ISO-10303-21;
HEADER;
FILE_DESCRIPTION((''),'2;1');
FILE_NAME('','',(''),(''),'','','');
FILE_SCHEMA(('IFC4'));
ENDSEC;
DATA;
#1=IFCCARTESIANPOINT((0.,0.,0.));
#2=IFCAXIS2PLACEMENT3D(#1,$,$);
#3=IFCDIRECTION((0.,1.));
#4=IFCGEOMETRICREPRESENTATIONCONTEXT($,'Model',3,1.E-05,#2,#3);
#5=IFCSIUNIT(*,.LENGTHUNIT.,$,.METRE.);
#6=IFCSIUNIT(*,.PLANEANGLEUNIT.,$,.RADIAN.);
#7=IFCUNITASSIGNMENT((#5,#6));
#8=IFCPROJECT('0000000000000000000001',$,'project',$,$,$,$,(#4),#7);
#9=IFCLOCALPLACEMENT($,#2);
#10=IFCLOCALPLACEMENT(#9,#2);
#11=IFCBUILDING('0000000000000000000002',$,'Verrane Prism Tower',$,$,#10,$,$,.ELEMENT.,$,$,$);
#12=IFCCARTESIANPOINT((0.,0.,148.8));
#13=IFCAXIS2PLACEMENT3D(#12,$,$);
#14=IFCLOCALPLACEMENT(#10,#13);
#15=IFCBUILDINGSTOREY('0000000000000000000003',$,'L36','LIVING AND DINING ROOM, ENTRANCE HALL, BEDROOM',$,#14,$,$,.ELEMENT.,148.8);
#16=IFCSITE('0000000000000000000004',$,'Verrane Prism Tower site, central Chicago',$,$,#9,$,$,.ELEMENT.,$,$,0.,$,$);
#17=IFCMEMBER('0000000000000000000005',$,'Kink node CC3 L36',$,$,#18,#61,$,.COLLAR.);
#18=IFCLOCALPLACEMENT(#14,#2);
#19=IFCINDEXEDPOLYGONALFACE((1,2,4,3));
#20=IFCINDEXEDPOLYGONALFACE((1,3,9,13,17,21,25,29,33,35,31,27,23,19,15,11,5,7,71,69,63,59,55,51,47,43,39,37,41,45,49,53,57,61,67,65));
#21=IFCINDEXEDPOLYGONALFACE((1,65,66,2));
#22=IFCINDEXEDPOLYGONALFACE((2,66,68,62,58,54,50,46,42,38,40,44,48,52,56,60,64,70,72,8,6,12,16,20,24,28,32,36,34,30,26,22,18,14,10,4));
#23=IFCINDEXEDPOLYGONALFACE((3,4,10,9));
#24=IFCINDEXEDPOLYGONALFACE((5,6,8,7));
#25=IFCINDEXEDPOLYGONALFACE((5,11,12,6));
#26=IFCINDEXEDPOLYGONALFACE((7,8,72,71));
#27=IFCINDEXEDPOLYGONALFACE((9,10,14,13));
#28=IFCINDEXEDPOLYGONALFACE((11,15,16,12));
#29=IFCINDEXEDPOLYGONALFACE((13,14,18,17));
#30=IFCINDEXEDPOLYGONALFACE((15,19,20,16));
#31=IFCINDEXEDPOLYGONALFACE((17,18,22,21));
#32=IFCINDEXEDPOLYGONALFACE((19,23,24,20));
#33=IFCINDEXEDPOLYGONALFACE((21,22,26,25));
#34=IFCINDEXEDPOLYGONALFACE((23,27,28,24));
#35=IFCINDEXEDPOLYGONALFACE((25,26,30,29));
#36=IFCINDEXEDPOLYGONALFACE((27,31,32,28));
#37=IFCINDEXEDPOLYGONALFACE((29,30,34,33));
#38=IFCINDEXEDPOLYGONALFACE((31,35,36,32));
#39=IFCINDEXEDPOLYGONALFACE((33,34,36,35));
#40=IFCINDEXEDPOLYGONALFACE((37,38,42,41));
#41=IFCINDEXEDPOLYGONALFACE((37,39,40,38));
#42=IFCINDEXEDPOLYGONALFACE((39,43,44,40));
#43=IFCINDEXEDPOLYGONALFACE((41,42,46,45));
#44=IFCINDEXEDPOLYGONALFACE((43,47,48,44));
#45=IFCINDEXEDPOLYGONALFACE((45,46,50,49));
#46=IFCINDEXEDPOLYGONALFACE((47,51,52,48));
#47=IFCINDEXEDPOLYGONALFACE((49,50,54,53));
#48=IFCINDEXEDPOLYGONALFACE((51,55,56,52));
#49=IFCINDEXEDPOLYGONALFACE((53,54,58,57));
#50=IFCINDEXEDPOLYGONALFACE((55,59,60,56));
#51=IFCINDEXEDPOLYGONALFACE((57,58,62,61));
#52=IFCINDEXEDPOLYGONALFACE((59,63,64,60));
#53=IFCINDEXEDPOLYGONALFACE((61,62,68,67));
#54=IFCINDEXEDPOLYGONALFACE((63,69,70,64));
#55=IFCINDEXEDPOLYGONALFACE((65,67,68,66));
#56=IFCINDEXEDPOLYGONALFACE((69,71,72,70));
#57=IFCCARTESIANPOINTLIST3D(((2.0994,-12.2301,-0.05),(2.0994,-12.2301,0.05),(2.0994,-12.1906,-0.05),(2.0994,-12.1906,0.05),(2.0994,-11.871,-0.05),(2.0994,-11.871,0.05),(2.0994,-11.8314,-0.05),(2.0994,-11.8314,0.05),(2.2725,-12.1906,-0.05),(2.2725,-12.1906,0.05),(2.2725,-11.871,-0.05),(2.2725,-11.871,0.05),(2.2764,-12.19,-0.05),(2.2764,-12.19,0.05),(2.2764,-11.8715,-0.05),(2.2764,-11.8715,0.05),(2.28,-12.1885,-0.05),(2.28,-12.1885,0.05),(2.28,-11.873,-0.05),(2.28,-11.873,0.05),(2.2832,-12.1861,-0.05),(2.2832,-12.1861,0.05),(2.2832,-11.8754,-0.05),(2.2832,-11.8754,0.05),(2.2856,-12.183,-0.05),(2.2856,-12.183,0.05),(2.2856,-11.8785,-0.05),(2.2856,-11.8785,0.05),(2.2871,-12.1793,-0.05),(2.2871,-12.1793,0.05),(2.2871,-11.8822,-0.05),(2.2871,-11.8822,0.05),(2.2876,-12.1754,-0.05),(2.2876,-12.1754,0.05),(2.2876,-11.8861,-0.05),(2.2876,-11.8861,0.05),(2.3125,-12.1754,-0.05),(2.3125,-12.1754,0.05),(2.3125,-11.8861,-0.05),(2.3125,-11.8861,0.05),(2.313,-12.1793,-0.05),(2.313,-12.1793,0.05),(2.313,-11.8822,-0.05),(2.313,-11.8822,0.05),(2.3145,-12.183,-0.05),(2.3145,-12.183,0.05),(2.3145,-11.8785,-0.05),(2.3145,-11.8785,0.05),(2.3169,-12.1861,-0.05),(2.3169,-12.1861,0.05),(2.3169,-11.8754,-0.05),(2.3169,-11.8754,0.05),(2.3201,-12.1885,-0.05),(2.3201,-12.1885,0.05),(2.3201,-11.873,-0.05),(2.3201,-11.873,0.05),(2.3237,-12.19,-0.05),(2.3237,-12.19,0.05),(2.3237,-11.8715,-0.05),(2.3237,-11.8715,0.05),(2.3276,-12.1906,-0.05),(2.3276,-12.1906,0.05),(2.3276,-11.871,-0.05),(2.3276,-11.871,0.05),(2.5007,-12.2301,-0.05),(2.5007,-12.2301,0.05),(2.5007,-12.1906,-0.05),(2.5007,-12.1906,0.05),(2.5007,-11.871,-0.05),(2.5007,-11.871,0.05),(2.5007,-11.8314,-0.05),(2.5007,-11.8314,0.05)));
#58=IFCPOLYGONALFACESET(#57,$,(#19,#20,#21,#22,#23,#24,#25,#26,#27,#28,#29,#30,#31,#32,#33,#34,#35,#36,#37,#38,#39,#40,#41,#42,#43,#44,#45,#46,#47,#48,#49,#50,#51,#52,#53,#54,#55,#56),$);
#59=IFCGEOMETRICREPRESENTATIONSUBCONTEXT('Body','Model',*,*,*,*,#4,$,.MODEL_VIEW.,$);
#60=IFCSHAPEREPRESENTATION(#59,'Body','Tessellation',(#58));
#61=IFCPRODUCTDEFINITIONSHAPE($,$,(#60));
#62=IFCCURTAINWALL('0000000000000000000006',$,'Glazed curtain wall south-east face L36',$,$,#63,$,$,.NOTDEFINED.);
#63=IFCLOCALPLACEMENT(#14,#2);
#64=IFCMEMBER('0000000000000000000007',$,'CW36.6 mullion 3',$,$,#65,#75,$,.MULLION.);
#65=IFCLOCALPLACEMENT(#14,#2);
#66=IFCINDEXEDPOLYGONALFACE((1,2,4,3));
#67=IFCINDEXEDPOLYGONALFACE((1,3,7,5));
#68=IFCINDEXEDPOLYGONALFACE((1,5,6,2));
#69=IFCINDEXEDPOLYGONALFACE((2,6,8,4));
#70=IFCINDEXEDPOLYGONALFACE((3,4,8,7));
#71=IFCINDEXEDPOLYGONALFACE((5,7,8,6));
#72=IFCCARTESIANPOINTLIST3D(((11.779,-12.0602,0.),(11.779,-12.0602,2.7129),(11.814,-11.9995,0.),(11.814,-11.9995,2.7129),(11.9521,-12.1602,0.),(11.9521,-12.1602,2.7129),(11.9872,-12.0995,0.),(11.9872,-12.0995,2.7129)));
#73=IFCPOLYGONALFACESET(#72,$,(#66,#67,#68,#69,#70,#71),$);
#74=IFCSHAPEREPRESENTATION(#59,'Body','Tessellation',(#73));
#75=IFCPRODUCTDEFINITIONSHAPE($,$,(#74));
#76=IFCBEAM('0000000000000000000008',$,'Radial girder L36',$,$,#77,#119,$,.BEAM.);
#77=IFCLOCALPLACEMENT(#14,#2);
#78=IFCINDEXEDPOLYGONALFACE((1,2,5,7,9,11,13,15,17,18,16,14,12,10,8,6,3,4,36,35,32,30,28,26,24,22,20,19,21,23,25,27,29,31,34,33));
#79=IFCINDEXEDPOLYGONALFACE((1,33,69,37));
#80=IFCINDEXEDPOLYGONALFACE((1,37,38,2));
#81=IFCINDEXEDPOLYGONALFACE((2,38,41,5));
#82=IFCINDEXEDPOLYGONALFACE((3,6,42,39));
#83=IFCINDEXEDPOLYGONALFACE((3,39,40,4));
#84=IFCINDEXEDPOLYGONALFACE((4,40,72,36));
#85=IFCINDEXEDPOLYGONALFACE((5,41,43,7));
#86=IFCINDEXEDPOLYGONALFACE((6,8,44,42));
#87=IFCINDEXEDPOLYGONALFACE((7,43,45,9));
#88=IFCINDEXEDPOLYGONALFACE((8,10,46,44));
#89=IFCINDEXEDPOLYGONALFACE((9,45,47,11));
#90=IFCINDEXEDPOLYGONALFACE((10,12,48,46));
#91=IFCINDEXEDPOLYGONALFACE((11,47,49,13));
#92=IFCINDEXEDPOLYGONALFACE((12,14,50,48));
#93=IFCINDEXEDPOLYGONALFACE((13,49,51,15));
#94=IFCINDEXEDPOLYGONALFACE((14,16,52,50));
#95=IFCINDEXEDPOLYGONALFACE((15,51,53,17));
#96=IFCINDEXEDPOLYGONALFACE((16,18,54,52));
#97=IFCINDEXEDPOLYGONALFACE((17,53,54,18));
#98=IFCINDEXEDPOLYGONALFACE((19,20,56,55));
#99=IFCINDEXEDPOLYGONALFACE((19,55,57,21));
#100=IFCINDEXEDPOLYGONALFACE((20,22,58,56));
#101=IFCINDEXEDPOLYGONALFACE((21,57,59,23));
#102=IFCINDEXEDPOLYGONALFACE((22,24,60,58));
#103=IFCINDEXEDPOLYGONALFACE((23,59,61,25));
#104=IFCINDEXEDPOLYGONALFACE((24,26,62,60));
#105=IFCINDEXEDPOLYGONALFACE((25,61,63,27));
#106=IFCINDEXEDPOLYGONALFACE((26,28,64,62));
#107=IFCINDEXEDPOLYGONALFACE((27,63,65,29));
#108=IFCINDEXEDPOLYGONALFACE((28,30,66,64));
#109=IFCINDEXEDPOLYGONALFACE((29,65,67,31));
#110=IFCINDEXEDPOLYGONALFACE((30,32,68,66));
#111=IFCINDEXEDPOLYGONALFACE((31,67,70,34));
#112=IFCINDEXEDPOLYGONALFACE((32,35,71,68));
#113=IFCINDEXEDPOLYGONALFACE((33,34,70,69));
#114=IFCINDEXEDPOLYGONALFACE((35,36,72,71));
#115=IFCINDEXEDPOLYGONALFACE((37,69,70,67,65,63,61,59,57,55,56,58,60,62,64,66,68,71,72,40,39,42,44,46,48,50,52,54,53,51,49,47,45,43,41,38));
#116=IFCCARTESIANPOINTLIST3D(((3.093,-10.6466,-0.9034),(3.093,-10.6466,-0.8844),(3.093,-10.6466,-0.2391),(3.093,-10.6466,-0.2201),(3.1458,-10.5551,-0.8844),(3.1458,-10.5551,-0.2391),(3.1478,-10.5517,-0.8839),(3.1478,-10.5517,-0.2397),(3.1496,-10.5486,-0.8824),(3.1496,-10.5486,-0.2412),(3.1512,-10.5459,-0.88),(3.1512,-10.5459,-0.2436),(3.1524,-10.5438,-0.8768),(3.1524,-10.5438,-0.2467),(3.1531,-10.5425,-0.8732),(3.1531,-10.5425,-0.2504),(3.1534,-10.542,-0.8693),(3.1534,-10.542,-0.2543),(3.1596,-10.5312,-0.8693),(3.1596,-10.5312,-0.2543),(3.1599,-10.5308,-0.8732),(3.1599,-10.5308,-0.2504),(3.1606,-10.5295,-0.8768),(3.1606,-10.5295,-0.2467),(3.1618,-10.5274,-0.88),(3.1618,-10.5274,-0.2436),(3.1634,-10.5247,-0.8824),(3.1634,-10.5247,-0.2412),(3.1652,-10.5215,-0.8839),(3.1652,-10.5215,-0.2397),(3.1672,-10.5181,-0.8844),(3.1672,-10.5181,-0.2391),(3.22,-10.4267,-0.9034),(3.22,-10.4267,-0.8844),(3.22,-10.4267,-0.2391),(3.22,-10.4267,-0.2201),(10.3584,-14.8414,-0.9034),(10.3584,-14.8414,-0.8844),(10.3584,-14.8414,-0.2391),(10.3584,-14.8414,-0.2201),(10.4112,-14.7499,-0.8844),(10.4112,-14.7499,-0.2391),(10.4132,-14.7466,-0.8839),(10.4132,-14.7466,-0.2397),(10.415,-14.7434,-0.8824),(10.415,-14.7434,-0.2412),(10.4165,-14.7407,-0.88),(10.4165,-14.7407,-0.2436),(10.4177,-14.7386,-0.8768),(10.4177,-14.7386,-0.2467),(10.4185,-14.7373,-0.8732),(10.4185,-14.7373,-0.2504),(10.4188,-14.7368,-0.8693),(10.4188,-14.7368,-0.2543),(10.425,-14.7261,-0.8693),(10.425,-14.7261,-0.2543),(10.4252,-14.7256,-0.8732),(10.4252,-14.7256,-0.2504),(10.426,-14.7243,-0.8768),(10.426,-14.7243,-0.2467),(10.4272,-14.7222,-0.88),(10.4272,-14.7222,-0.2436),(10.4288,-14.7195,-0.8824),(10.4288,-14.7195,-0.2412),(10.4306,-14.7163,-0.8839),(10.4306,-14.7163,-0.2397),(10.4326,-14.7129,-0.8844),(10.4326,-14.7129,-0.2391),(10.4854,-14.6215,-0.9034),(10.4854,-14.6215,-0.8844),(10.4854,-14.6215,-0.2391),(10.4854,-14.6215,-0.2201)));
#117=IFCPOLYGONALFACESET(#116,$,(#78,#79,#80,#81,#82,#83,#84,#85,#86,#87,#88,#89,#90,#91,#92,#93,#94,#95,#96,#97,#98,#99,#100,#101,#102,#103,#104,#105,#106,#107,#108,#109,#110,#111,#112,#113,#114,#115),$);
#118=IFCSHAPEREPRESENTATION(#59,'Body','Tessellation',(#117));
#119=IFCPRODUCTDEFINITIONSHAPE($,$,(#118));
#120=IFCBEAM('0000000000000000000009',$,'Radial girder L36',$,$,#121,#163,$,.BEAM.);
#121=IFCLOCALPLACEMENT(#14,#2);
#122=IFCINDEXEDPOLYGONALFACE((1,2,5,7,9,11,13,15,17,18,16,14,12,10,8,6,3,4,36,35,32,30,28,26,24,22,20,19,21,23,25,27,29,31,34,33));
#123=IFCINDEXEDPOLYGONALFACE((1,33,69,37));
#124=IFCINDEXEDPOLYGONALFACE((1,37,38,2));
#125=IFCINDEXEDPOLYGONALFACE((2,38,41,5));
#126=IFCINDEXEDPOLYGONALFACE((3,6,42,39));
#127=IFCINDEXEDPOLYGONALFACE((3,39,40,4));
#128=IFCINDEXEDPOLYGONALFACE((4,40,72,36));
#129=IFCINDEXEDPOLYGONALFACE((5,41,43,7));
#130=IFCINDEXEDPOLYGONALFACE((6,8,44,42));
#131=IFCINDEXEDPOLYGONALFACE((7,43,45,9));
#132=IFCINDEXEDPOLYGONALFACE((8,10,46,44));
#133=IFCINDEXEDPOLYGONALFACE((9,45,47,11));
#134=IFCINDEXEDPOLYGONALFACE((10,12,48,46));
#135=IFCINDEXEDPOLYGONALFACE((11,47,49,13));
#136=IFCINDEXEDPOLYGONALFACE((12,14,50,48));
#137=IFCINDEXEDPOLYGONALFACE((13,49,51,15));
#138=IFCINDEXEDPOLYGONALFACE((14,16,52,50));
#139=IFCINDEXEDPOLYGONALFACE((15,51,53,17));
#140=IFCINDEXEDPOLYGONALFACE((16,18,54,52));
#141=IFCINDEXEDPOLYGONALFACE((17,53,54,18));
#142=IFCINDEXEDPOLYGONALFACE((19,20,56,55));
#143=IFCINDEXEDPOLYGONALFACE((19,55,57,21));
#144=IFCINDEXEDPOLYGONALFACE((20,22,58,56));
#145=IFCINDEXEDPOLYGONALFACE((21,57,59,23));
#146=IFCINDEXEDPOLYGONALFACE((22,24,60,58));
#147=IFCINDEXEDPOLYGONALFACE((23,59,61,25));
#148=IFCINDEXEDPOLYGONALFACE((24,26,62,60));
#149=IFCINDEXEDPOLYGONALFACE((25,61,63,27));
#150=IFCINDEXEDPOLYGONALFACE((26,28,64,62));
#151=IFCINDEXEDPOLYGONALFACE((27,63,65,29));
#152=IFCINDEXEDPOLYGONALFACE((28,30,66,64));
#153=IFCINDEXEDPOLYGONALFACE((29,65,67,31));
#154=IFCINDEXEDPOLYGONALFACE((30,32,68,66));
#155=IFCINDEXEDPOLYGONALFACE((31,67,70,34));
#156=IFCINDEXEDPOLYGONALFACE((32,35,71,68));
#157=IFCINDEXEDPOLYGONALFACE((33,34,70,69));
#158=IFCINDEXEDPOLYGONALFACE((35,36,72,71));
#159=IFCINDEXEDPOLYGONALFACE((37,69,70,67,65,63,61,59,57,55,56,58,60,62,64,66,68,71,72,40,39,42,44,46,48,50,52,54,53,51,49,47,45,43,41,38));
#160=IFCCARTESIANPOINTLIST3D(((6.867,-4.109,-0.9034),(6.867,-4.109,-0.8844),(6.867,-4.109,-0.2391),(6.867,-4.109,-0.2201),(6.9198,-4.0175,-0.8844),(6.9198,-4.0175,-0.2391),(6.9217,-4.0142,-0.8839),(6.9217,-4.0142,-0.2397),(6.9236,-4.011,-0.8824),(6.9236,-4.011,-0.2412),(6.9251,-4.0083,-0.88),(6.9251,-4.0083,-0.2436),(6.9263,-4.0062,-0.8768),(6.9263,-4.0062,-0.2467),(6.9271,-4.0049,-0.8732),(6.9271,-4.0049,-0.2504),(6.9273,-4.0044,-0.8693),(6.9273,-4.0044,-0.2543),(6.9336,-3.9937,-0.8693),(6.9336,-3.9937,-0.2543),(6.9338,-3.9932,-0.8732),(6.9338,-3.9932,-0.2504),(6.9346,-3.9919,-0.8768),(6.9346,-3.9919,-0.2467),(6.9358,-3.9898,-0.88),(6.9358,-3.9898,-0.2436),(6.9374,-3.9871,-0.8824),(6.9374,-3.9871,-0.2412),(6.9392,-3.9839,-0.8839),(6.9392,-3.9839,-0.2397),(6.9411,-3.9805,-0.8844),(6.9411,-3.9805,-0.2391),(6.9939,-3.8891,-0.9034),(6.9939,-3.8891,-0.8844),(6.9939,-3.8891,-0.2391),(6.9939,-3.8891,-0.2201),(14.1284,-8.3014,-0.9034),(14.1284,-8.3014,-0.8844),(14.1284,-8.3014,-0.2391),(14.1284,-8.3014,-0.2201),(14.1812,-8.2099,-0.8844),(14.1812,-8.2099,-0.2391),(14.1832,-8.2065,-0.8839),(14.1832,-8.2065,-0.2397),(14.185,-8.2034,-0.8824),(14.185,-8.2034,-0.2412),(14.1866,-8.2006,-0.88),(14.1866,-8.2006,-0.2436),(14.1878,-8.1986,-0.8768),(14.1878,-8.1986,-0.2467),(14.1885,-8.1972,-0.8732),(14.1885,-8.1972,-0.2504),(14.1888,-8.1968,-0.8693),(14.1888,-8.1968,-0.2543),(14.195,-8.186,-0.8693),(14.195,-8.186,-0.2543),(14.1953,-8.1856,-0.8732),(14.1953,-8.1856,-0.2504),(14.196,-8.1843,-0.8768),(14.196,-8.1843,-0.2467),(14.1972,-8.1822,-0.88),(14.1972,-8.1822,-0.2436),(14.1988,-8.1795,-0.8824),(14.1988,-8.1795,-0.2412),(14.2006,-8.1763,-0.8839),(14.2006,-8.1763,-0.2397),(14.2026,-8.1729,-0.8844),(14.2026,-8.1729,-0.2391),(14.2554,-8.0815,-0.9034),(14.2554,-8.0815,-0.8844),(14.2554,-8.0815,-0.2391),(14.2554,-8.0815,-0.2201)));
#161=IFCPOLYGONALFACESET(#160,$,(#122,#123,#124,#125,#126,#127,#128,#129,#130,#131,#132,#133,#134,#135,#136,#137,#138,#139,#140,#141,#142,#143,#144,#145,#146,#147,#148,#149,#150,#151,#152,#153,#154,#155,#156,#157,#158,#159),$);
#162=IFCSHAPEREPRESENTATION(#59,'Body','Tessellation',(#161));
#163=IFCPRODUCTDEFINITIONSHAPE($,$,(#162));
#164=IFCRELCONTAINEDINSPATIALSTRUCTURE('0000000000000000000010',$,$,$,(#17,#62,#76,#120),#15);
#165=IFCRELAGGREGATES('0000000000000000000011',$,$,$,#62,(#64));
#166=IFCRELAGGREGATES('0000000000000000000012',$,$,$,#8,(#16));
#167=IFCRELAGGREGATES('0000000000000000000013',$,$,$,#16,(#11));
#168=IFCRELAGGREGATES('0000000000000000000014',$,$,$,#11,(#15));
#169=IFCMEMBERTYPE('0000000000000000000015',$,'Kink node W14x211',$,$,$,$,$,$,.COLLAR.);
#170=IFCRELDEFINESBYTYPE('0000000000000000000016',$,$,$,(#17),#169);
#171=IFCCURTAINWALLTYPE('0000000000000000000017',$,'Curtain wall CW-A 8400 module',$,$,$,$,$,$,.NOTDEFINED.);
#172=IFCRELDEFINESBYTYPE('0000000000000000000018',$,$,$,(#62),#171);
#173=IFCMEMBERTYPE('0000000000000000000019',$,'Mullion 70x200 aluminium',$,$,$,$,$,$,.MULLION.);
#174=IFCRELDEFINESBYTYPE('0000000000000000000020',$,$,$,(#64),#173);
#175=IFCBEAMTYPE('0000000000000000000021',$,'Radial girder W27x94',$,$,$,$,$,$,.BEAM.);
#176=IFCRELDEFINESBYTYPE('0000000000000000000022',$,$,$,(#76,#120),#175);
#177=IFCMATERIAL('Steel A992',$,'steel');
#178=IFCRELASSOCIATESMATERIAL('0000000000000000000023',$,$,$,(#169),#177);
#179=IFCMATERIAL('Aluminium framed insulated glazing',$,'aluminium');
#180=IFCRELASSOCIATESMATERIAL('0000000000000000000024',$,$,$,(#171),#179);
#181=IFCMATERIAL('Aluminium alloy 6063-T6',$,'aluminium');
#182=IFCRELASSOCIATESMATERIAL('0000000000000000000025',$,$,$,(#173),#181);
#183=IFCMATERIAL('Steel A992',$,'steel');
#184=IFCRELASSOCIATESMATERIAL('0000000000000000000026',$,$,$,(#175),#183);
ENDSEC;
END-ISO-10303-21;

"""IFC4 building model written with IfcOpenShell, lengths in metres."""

from ifc_helpers import new_model, si_unit, direction, frame, origin, origin_2d, place, context, subcontext, project, spatial, rectangle, i_section, extrude, material, material_profile, profile_set, type_object, element, aggregate, save


model = new_model("IFC4")

# Units and contexts
model_context = context("Model", 3, precision=1e-05, world=origin(), true_north=direction((0.0, 1.0)))
body_context = subcontext(model_context, "Body", "Model", "MODEL_VIEW")
ifc_project = project(units=[si_unit("LENGTHUNIT", "METRE"), si_unit("PLANEANGLEUNIT", "RADIAN")], contexts=[model_context])

# Site, building, storey
site_placement = place(None, origin())
site = spatial("IfcSite", under=ifc_project, at=site_placement, Name="Verrane Prism Tower site, central Chicago", CompositionType="ELEMENT", RefElevation=0.0)
building_placement = place(site_placement, origin())
building = spatial("IfcBuilding", under=site, at=building_placement, Name="Verrane Prism Tower", CompositionType="ELEMENT")
storey_placement = place(building_placement, frame((0.0, 0.0, 148.8)))
storey = spatial("IfcBuildingStorey", under=building, at=storey_placement, Name="L36", Description="LIVING AND DINING ROOM, ENTRANCE HALL, BEDROOM", CompositionType="ELEMENT", Elevation=148.8)

# Member
ifc_material_1 = material(Name="Steel A992", Category="steel")
ifc_material_profile_1 = material_profile(ifc_material_1, i_section(OverallWidth=0.4014, OverallDepth=0.3987, WebThickness=0.0249, FlangeThickness=0.0396, FilletRadius=0.0151, at=origin_2d()), Name="W14x211")
ifc_profile_set_1 = profile_set([ifc_material_profile_1], Name="Steel A992")
member_type_1 = type_object("IfcMemberType", Name="Kink node W14x211", PredefinedType="COLLAR", material=ifc_profile_set_1)
member_1_placement = place(storey_placement, frame((2.3, -12.0308, -0.05), z_axis=(0.0, 0.0, 1.0), x_axis=(1.0, 0.0, 0.0)))
element("IfcMember", 1, at=member_1_placement, inside=storey, type_object=member_type_1, Name="Kink node CC3 L36", PredefinedType="COLLAR", context=body_context, shape_type="SweptSolid", body=[
    extrude(i_section(OverallWidth=0.4014, OverallDepth=0.3987, WebThickness=0.0249, FlangeThickness=0.0396, FilletRadius=0.0151, at=origin_2d()), origin(), (0.0, 0.0, 1.0), 0.1001),
])

# Curtain wall, member
ifc_material_2 = material(Name="Aluminium framed insulated glazing", Category="aluminium")
curtain_wall_type = type_object("IfcCurtainWallType", Name="Curtain wall CW-A 8400 module", PredefinedType="NOTDEFINED", material=ifc_material_2)
curtain_wall_placement = place(storey_placement, origin())
curtain_wall = element("IfcCurtainWall", 2, at=curtain_wall_placement, inside=storey, type_object=curtain_wall_type, Name="Glazed curtain wall south-east face L36", PredefinedType="NOTDEFINED")
ifc_material_3 = material(Name="Aluminium alloy 6063-T6", Category="aluminium")
ifc_material_profile_2 = material_profile(ifc_material_3, rectangle(XDim=0.2, YDim=0.0701, at=origin_2d()), Name="Mullion 70x200 aluminium")
ifc_profile_set_2 = profile_set([ifc_material_profile_2], Name="Aluminium alloy 6063-T6")
member_type_2 = type_object("IfcMemberType", Name="Mullion 70x200 aluminium", PredefinedType="MULLION", material=ifc_profile_set_2)
member_2_placement = place(storey_placement, frame((11.8831, -12.0798, 0.0), z_axis=(0.0, 0.0, 1.0), x_axis=(-0.866025, 0.500001, 0.0)))
member_2 = element("IfcMember", 3, at=member_2_placement, type_object=member_type_2, Name="CW36.6 mullion 3", PredefinedType="MULLION", context=body_context, shape_type="SweptSolid", body=[
    extrude(rectangle(XDim=0.2, YDim=0.0701, at=origin_2d()), origin(), (0.0, 0.0, 1.0), 2.7129),
])

# Beams
ifc_material_4 = material(Name="Steel A992", Category="steel")
ifc_material_profile_3 = material_profile(ifc_material_4, i_section(OverallWidth=0.2539, OverallDepth=0.6833, WebThickness=0.0125, FlangeThickness=0.019, FilletRadius=0.0151, at=origin_2d()), Name="W27x94")
ifc_profile_set_3 = profile_set([ifc_material_profile_3], Name="Steel A992")
beam_type_1 = type_object("IfcBeamType", Name="Radial girder W27x94", PredefinedType="BEAM", material=ifc_profile_set_3)
beam_1_placement = place(storey_placement, frame((10.4219, -14.7314, -0.5618), z_axis=(-0.866017, 0.500014, 0.0), x_axis=(-0.500014, -0.866017, 0.0)))
element("IfcBeam", 4, at=beam_1_placement, inside=storey, type_object=beam_type_1, Name="Radial girder L36", PredefinedType="BEAM", context=body_context, shape_type="SweptSolid", body=[
    extrude(i_section(OverallWidth=0.2539, OverallDepth=0.6833, WebThickness=0.0125, FlangeThickness=0.019, FilletRadius=0.0151, at=origin_2d()), origin(), (0.0, 0.0, 1.0), 8.3894),
])
beam_2_placement = place(storey_placement, frame((14.1919, -8.1914, -0.5618), z_axis=(-0.866027, 0.499997, 0.0), x_axis=(-0.499997, -0.866027, 0.0)))
element("IfcBeam", 5, at=beam_2_placement, inside=storey, type_object=beam_type_1, Name="Radial girder L36", PredefinedType="BEAM", context=body_context, shape_type="SweptSolid", body=[
    extrude(i_section(OverallWidth=0.2539, OverallDepth=0.6833, WebThickness=0.0125, FlangeThickness=0.019, FilletRadius=0.0151, at=origin_2d()), origin(), (0.0, 0.0, 1.0), 8.3848),
])

aggregate(curtain_wall, [member_2])

save(model, "model.ifc")
